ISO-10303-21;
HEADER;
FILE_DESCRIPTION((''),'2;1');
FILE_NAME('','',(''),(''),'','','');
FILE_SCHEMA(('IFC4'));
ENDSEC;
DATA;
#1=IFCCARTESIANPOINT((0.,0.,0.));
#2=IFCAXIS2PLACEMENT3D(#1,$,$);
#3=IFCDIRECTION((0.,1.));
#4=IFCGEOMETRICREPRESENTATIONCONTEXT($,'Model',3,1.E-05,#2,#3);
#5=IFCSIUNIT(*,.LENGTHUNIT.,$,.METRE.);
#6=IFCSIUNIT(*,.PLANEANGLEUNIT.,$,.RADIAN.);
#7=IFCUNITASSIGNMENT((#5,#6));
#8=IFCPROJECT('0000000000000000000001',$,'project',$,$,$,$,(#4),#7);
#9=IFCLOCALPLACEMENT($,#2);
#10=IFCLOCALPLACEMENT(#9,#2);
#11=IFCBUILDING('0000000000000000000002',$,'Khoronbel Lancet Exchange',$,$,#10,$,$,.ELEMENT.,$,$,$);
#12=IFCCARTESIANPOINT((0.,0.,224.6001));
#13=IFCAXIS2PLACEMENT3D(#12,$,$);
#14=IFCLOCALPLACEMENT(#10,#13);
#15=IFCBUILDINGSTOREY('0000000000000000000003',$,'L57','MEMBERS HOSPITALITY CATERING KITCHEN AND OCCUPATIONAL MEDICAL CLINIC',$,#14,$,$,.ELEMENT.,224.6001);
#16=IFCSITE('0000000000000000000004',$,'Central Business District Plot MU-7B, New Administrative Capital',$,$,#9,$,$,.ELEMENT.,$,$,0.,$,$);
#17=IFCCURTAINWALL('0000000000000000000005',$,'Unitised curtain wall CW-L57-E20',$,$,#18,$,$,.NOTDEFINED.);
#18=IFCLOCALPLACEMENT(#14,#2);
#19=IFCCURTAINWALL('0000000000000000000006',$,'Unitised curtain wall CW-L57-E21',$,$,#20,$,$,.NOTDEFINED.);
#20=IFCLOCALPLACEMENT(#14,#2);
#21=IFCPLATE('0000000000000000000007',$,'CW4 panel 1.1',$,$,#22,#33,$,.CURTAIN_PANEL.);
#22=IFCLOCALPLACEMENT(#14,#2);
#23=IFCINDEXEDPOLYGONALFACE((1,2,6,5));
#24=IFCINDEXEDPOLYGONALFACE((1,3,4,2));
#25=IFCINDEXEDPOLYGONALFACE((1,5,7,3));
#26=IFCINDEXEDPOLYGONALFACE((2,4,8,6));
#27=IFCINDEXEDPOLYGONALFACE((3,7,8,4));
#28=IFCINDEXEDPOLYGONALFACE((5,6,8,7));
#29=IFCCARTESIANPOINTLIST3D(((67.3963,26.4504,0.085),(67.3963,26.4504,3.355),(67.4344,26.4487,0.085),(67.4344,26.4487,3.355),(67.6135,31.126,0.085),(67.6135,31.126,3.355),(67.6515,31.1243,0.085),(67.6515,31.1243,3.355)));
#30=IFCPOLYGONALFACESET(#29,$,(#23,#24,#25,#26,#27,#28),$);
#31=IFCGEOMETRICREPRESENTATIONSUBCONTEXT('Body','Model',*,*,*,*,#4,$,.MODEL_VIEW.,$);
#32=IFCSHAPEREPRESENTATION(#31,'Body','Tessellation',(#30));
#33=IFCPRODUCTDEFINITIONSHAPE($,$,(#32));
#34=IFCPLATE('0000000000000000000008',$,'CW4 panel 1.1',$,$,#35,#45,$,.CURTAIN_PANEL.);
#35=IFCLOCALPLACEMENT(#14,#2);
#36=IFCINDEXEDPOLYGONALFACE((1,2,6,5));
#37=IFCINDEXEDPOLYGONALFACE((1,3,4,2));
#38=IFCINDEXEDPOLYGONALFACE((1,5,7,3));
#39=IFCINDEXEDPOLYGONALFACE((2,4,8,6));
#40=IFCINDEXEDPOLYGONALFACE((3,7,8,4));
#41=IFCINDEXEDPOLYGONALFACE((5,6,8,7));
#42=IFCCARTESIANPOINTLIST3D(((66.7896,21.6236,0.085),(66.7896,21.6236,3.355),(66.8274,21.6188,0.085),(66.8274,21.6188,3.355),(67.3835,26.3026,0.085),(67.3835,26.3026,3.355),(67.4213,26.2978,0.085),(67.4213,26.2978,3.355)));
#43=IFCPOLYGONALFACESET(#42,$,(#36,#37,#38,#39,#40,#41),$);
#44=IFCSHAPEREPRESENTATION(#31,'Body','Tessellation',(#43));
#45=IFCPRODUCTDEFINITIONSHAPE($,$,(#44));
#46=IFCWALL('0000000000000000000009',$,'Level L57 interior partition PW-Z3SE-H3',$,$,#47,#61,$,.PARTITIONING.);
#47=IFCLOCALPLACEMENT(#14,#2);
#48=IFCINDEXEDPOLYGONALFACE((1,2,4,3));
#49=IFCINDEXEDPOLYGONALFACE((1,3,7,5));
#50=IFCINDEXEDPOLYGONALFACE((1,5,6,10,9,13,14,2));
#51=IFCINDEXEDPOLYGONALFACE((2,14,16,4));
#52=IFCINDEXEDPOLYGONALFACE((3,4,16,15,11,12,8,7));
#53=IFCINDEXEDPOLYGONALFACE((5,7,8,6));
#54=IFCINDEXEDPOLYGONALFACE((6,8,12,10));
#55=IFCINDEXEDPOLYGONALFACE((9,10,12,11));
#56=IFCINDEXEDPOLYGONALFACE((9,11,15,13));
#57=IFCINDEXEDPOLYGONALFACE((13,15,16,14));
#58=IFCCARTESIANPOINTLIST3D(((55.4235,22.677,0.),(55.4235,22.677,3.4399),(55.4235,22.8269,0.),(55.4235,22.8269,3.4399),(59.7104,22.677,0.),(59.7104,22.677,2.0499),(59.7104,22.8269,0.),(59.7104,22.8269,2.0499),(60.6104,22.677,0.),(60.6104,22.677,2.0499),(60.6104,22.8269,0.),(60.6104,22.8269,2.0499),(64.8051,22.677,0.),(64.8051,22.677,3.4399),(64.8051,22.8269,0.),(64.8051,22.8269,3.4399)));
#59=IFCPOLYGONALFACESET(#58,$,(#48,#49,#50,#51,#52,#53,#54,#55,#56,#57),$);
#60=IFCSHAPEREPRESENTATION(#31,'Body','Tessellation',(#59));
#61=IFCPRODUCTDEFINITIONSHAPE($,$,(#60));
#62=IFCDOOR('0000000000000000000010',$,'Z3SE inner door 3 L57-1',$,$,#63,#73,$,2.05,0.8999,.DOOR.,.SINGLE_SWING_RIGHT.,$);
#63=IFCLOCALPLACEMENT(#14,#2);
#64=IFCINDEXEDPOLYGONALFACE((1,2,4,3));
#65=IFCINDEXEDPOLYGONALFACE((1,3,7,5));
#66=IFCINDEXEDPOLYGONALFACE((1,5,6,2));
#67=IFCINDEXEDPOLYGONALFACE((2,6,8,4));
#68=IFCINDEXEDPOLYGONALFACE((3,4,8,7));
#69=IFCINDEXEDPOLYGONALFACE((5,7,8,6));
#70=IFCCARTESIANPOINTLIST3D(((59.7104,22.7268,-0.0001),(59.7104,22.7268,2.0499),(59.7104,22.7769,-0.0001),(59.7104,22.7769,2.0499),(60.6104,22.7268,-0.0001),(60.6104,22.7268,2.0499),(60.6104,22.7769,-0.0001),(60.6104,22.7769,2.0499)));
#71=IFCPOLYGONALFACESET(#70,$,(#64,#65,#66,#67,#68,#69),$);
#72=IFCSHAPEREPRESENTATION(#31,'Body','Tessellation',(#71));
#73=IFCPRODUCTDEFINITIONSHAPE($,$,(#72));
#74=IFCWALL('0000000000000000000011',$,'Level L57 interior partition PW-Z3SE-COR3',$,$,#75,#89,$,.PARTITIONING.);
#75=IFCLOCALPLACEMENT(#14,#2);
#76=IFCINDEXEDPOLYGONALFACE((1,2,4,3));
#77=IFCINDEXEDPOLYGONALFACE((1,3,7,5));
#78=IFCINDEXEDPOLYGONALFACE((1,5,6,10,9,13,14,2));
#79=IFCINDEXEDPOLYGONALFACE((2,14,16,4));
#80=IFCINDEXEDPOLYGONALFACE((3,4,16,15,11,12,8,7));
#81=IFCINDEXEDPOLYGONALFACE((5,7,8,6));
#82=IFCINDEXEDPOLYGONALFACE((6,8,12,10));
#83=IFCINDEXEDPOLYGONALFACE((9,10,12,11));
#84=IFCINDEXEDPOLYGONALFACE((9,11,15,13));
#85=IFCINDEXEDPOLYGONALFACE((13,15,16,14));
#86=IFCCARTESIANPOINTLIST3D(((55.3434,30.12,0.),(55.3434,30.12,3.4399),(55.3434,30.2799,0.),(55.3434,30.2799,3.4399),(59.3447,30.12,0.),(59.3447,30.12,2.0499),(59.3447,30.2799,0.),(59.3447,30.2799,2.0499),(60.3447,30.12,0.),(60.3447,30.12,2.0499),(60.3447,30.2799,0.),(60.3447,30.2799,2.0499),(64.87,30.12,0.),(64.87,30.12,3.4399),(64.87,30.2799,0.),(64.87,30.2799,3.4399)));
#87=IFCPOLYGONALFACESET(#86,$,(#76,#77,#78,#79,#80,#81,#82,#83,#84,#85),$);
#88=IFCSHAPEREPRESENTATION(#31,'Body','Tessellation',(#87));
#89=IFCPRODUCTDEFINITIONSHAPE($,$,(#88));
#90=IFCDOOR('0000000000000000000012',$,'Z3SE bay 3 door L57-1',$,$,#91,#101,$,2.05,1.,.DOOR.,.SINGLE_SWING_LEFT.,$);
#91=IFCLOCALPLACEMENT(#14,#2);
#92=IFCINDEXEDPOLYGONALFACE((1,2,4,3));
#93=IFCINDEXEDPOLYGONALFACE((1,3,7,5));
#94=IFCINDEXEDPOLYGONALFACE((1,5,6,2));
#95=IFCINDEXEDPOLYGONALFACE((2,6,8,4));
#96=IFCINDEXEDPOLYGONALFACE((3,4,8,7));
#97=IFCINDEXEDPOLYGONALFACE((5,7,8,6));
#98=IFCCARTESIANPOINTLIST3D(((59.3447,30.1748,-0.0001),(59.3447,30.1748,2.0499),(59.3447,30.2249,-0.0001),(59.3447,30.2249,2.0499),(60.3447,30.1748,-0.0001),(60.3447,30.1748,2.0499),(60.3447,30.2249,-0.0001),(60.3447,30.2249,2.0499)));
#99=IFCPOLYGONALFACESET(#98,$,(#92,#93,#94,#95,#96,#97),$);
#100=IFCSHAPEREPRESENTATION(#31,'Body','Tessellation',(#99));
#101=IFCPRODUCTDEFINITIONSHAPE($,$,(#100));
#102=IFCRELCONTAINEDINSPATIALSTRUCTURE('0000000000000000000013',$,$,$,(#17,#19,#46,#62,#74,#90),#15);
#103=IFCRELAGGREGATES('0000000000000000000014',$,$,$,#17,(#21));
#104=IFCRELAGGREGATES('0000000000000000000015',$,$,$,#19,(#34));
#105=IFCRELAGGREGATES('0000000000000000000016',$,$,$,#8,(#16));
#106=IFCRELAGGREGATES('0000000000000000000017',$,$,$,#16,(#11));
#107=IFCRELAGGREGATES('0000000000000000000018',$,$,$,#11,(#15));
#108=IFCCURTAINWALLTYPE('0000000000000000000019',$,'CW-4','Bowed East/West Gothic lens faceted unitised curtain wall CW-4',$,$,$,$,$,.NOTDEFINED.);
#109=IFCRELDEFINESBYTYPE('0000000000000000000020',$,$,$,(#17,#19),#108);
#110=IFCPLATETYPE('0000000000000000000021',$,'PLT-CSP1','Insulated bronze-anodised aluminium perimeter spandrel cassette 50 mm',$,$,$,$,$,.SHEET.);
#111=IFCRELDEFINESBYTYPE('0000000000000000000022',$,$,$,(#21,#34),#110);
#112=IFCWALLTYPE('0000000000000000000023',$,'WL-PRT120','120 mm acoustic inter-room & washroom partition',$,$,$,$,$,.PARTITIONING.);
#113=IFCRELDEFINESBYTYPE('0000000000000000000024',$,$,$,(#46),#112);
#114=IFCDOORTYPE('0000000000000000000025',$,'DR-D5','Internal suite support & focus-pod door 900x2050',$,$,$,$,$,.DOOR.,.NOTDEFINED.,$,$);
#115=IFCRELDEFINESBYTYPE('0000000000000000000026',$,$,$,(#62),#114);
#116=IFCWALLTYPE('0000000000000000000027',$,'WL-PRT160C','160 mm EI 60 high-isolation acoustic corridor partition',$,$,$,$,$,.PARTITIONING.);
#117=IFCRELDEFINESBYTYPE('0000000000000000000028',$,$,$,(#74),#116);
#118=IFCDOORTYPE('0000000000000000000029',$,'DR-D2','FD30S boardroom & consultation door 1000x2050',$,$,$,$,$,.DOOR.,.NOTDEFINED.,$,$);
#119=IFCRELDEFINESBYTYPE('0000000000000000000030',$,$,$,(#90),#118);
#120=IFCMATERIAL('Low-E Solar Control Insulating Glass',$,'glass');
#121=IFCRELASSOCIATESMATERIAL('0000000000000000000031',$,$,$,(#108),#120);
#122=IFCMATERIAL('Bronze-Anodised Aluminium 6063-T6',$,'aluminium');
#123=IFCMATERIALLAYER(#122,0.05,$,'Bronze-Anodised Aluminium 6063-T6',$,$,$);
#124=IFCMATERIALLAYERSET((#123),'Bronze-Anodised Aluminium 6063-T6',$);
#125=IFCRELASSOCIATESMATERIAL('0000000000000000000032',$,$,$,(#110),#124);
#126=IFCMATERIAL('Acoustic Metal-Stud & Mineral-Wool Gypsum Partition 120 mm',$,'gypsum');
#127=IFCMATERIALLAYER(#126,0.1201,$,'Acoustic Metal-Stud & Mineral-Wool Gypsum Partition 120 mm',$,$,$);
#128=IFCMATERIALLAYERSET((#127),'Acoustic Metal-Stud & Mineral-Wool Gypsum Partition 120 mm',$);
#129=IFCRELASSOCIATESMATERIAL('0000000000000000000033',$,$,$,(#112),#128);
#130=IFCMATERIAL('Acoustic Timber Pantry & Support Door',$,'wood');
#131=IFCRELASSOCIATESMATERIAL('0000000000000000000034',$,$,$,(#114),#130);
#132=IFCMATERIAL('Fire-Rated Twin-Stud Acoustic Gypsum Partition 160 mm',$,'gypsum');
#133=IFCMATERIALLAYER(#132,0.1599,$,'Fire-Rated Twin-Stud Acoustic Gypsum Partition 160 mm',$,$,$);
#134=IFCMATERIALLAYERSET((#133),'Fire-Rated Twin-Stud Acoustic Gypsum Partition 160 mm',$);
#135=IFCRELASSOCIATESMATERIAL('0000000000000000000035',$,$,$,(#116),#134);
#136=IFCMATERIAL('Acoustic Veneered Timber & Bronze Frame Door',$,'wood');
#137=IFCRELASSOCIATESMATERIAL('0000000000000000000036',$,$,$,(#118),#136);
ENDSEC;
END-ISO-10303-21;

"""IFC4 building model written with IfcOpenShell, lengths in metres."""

from ifc_helpers import new_model, si_unit, direction, frame, frame_2d, origin, origin_2d, place, context, subcontext, project, spatial, rectangle, extrude, material, layer, layer_set, type_object, element, fill, aggregate, save


model = new_model("IFC4")

# Units and contexts
model_context = context("Model", 3, precision=1e-05, world=origin(), true_north=direction((0.0, 1.0)))
body_context = subcontext(model_context, "Body", "Model", "MODEL_VIEW")
ifc_project = project(units=[si_unit("LENGTHUNIT", "METRE"), si_unit("PLANEANGLEUNIT", "RADIAN")], contexts=[model_context])

# Site, building, storey
site_placement = place(None, origin())
site = spatial("IfcSite", under=ifc_project, at=site_placement, Name="Central Business District Plot MU-7B, New Administrative Capital", CompositionType="ELEMENT", RefElevation=0.0)
building_placement = place(site_placement, origin())
building = spatial("IfcBuilding", under=site, at=building_placement, Name="Khoronbel Lancet Exchange", CompositionType="ELEMENT")
storey_placement = place(building_placement, frame((0.0, 0.0, 224.6001)))
storey = spatial("IfcBuildingStorey", under=building, at=storey_placement, Name="L57", Description="MEMBERS HOSPITALITY CATERING KITCHEN AND OCCUPATIONAL MEDICAL CLINIC", CompositionType="ELEMENT", Elevation=224.6001)

# Curtain wall
ifc_material_1 = material(Name="Low-E Solar Control Insulating Glass", Category="glass")
curtain_wall_type = type_object("IfcCurtainWallType", Name="CW-4", Description="Bowed East/West Gothic lens faceted unitised curtain wall CW-4", PredefinedType="NOTDEFINED", material=ifc_material_1)
ifc_material_2 = material(Name="Bronze-Anodised Aluminium 6063-T6", Category="aluminium")
curtain_wall_1_placement = place(storey_placement, origin())
curtain_wall_1 = element("IfcCurtainWall", 1, at=curtain_wall_1_placement, inside=storey, type_object=curtain_wall_type, Name="Unitised curtain wall CW-L57-E20", PredefinedType="NOTDEFINED")

# Curtain wall
curtain_wall_2_placement = place(storey_placement, origin())
curtain_wall_2 = element("IfcCurtainWall", 2, at=curtain_wall_2_placement, inside=storey, type_object=curtain_wall_type, Name="Unitised curtain wall CW-L57-E21", PredefinedType="NOTDEFINED")

# Plates
ifc_layer_1 = layer(ifc_material_2, 0.05, Name="Bronze-Anodised Aluminium 6063-T6")
ifc_layer_set_1 = layer_set([ifc_layer_1], Name="Bronze-Anodised Aluminium 6063-T6")
plate_type = type_object("IfcPlateType", Name="PLT-CSP1", Description="Insulated bronze-anodised aluminium perimeter spandrel cassette 50 mm", PredefinedType="SHEET", material=ifc_layer_set_1)
plate_1_placement = place(storey_placement, frame((67.5239, 28.7874, 0.085), z_axis=(0.0, 0.0, 1.0), x_axis=(-0.046391, -0.998923, 0.0)))
plate_1 = element("IfcPlate", 3, at=plate_1_placement, type_object=plate_type, Name="CW4 panel 1.1", PredefinedType="CURTAIN_PANEL", context=body_context, shape_type="SweptSolid", body=[
    extrude(rectangle(XDim=4.6807, YDim=0.0381, at=origin_2d()), origin(), (0.0, 0.0, 1.0), 3.27),
])
aggregate(curtain_wall_1, [plate_1])
plate_2_placement = place(storey_placement, frame((67.1055, 23.9607, 0.085), z_axis=(0.0, 0.0, 1.0), x_axis=(-0.125921, -0.99204, 0.0)))
plate_2 = element("IfcPlate", 4, at=plate_2_placement, type_object=plate_type, Name="CW4 panel 1.1", PredefinedType="CURTAIN_PANEL", context=body_context, shape_type="SweptSolid", body=[
    extrude(rectangle(XDim=4.7166, YDim=0.0381, at=origin_2d()), origin(), (0.0, 0.0, 1.0), 3.27),
])
aggregate(curtain_wall_2, [plate_2])

# Walls, openings, doors
ifc_material_3 = material(Name="Acoustic Metal-Stud & Mineral-Wool Gypsum Partition 120 mm", Category="gypsum")
ifc_layer_2 = layer(ifc_material_3, 0.1201, Name="Acoustic Metal-Stud & Mineral-Wool Gypsum Partition 120 mm")
ifc_layer_set_2 = layer_set([ifc_layer_2], Name="Acoustic Metal-Stud & Mineral-Wool Gypsum Partition 120 mm")
wall_type_1 = type_object("IfcWallType", Name="WL-PRT120", Description="120 mm acoustic inter-room & washroom partition", PredefinedType="PARTITIONING", material=ifc_layer_set_2)
wall_1_placement = place(storey_placement, frame((55.4233, 22.752, 0.0), z_axis=(0.0, 0.0, 1.0), x_axis=(1.0, 0.0, 0.0)))
wall_1 = element("IfcWall", 5, at=wall_1_placement, inside=storey, type_object=wall_type_1, Name="Level L57 interior partition PW-Z3SE-H3", PredefinedType="PARTITIONING", context=body_context, shape_type="SweptSolid", body=[
    extrude(rectangle(XDim=9.3816, YDim=0.1499, at=frame_2d((4.6909, 0.0))), origin(), (0.0, 0.0, 1.0), 3.4399),
])
opening_1_placement = place(wall_1_placement, frame((4.2871, 0.0, 0.0)))
opening_1 = element("IfcOpeningElement", 6, at=opening_1_placement, cuts=wall_1, PredefinedType="OPENING", context=body_context, shape_type="SweptSolid", body=[
    extrude(rectangle(XDim=0.8999, YDim=2.05, at=frame_2d((0.45, 1.0249))), frame((0.0, 0.085, 0.0), z_axis=(0.0, -1.0, 0.0), x_axis=(1.0, 0.0, 0.0)), (0.0, 0.0, 1.0), 0.1699),
])
ifc_material_4 = material(Name="Acoustic Timber Pantry & Support Door", Category="wood")
door_type_1 = type_object("IfcDoorType", Name="DR-D5", Description="Internal suite support & focus-pod door 900x2050", OperationType="NOTDEFINED", PredefinedType="DOOR", material=ifc_material_4)
door_1_placement = place(opening_1_placement, origin())
door_1 = element("IfcDoor", 7, at=door_1_placement, inside=storey, type_object=door_type_1, Name="Z3SE inner door 3 L57-1", OperationType="SINGLE_SWING_RIGHT", OverallHeight=2.05, OverallWidth=0.8999, PredefinedType="DOOR", context=body_context, shape_type="SweptSolid", body=[
    extrude(rectangle(XDim=0.8999, YDim=2.05, at=frame_2d((0.45, 1.0249))), frame((0.0, 0.0249, 0.0), z_axis=(0.0, -1.0, 0.0), x_axis=(1.0, 0.0, 0.0)), (0.0, 0.0, 1.0), 0.05),
])
fill(opening_1, door_1)
ifc_material_5 = material(Name="Fire-Rated Twin-Stud Acoustic Gypsum Partition 160 mm", Category="gypsum")
ifc_layer_3 = layer(ifc_material_5, 0.1599, Name="Fire-Rated Twin-Stud Acoustic Gypsum Partition 160 mm")
ifc_layer_set_3 = layer_set([ifc_layer_3], Name="Fire-Rated Twin-Stud Acoustic Gypsum Partition 160 mm")
wall_type_2 = type_object("IfcWallType", Name="WL-PRT160C", Description="160 mm EI 60 high-isolation acoustic corridor partition", PredefinedType="PARTITIONING", material=ifc_layer_set_3)
wall_2_placement = place(storey_placement, frame((55.3435, 30.2, 0.0), z_axis=(0.0, 0.0, 1.0), x_axis=(1.0, 0.0, 0.0)))
wall_2 = element("IfcWall", 8, at=wall_2_placement, inside=storey, type_object=wall_type_2, Name="Level L57 interior partition PW-Z3SE-COR3", PredefinedType="PARTITIONING", context=body_context, shape_type="SweptSolid", body=[
    extrude(rectangle(XDim=9.5266, YDim=0.1599, at=frame_2d((4.7632, 0.0))), origin(), (0.0, 0.0, 1.0), 3.4399),
])
opening_2_placement = place(wall_2_placement, frame((4.0012, 0.0, 0.0)))
opening_2 = element("IfcOpeningElement", 9, at=opening_2_placement, cuts=wall_2, PredefinedType="OPENING", context=body_context, shape_type="SweptSolid", body=[
    extrude(rectangle(XDim=1.0, YDim=2.05, at=frame_2d((0.5, 1.0249))), frame((0.0, 0.0898, 0.0), z_axis=(0.0, -1.0, 0.0), x_axis=(1.0, 0.0, 0.0)), (0.0, 0.0, 1.0), 0.1799),
])
ifc_material_6 = material(Name="Acoustic Veneered Timber & Bronze Frame Door", Category="wood")
door_type_2 = type_object("IfcDoorType", Name="DR-D2", Description="FD30S boardroom & consultation door 1000x2050", OperationType="NOTDEFINED", PredefinedType="DOOR", material=ifc_material_6)
door_2_placement = place(opening_2_placement, origin())
door_2 = element("IfcDoor", 10, at=door_2_placement, inside=storey, type_object=door_type_2, Name="Z3SE bay 3 door L57-1", OperationType="SINGLE_SWING_LEFT", OverallHeight=2.05, OverallWidth=1.0, PredefinedType="DOOR", context=body_context, shape_type="SweptSolid", body=[
    extrude(rectangle(XDim=1.0, YDim=2.05, at=frame_2d((0.5, 1.0249))), frame((0.0, 0.0249, 0.0), z_axis=(0.0, -1.0, 0.0), x_axis=(1.0, 0.0, 0.0)), (0.0, 0.0, 1.0), 0.05),
])
fill(opening_2, door_2)

save(model, "model.ifc")
